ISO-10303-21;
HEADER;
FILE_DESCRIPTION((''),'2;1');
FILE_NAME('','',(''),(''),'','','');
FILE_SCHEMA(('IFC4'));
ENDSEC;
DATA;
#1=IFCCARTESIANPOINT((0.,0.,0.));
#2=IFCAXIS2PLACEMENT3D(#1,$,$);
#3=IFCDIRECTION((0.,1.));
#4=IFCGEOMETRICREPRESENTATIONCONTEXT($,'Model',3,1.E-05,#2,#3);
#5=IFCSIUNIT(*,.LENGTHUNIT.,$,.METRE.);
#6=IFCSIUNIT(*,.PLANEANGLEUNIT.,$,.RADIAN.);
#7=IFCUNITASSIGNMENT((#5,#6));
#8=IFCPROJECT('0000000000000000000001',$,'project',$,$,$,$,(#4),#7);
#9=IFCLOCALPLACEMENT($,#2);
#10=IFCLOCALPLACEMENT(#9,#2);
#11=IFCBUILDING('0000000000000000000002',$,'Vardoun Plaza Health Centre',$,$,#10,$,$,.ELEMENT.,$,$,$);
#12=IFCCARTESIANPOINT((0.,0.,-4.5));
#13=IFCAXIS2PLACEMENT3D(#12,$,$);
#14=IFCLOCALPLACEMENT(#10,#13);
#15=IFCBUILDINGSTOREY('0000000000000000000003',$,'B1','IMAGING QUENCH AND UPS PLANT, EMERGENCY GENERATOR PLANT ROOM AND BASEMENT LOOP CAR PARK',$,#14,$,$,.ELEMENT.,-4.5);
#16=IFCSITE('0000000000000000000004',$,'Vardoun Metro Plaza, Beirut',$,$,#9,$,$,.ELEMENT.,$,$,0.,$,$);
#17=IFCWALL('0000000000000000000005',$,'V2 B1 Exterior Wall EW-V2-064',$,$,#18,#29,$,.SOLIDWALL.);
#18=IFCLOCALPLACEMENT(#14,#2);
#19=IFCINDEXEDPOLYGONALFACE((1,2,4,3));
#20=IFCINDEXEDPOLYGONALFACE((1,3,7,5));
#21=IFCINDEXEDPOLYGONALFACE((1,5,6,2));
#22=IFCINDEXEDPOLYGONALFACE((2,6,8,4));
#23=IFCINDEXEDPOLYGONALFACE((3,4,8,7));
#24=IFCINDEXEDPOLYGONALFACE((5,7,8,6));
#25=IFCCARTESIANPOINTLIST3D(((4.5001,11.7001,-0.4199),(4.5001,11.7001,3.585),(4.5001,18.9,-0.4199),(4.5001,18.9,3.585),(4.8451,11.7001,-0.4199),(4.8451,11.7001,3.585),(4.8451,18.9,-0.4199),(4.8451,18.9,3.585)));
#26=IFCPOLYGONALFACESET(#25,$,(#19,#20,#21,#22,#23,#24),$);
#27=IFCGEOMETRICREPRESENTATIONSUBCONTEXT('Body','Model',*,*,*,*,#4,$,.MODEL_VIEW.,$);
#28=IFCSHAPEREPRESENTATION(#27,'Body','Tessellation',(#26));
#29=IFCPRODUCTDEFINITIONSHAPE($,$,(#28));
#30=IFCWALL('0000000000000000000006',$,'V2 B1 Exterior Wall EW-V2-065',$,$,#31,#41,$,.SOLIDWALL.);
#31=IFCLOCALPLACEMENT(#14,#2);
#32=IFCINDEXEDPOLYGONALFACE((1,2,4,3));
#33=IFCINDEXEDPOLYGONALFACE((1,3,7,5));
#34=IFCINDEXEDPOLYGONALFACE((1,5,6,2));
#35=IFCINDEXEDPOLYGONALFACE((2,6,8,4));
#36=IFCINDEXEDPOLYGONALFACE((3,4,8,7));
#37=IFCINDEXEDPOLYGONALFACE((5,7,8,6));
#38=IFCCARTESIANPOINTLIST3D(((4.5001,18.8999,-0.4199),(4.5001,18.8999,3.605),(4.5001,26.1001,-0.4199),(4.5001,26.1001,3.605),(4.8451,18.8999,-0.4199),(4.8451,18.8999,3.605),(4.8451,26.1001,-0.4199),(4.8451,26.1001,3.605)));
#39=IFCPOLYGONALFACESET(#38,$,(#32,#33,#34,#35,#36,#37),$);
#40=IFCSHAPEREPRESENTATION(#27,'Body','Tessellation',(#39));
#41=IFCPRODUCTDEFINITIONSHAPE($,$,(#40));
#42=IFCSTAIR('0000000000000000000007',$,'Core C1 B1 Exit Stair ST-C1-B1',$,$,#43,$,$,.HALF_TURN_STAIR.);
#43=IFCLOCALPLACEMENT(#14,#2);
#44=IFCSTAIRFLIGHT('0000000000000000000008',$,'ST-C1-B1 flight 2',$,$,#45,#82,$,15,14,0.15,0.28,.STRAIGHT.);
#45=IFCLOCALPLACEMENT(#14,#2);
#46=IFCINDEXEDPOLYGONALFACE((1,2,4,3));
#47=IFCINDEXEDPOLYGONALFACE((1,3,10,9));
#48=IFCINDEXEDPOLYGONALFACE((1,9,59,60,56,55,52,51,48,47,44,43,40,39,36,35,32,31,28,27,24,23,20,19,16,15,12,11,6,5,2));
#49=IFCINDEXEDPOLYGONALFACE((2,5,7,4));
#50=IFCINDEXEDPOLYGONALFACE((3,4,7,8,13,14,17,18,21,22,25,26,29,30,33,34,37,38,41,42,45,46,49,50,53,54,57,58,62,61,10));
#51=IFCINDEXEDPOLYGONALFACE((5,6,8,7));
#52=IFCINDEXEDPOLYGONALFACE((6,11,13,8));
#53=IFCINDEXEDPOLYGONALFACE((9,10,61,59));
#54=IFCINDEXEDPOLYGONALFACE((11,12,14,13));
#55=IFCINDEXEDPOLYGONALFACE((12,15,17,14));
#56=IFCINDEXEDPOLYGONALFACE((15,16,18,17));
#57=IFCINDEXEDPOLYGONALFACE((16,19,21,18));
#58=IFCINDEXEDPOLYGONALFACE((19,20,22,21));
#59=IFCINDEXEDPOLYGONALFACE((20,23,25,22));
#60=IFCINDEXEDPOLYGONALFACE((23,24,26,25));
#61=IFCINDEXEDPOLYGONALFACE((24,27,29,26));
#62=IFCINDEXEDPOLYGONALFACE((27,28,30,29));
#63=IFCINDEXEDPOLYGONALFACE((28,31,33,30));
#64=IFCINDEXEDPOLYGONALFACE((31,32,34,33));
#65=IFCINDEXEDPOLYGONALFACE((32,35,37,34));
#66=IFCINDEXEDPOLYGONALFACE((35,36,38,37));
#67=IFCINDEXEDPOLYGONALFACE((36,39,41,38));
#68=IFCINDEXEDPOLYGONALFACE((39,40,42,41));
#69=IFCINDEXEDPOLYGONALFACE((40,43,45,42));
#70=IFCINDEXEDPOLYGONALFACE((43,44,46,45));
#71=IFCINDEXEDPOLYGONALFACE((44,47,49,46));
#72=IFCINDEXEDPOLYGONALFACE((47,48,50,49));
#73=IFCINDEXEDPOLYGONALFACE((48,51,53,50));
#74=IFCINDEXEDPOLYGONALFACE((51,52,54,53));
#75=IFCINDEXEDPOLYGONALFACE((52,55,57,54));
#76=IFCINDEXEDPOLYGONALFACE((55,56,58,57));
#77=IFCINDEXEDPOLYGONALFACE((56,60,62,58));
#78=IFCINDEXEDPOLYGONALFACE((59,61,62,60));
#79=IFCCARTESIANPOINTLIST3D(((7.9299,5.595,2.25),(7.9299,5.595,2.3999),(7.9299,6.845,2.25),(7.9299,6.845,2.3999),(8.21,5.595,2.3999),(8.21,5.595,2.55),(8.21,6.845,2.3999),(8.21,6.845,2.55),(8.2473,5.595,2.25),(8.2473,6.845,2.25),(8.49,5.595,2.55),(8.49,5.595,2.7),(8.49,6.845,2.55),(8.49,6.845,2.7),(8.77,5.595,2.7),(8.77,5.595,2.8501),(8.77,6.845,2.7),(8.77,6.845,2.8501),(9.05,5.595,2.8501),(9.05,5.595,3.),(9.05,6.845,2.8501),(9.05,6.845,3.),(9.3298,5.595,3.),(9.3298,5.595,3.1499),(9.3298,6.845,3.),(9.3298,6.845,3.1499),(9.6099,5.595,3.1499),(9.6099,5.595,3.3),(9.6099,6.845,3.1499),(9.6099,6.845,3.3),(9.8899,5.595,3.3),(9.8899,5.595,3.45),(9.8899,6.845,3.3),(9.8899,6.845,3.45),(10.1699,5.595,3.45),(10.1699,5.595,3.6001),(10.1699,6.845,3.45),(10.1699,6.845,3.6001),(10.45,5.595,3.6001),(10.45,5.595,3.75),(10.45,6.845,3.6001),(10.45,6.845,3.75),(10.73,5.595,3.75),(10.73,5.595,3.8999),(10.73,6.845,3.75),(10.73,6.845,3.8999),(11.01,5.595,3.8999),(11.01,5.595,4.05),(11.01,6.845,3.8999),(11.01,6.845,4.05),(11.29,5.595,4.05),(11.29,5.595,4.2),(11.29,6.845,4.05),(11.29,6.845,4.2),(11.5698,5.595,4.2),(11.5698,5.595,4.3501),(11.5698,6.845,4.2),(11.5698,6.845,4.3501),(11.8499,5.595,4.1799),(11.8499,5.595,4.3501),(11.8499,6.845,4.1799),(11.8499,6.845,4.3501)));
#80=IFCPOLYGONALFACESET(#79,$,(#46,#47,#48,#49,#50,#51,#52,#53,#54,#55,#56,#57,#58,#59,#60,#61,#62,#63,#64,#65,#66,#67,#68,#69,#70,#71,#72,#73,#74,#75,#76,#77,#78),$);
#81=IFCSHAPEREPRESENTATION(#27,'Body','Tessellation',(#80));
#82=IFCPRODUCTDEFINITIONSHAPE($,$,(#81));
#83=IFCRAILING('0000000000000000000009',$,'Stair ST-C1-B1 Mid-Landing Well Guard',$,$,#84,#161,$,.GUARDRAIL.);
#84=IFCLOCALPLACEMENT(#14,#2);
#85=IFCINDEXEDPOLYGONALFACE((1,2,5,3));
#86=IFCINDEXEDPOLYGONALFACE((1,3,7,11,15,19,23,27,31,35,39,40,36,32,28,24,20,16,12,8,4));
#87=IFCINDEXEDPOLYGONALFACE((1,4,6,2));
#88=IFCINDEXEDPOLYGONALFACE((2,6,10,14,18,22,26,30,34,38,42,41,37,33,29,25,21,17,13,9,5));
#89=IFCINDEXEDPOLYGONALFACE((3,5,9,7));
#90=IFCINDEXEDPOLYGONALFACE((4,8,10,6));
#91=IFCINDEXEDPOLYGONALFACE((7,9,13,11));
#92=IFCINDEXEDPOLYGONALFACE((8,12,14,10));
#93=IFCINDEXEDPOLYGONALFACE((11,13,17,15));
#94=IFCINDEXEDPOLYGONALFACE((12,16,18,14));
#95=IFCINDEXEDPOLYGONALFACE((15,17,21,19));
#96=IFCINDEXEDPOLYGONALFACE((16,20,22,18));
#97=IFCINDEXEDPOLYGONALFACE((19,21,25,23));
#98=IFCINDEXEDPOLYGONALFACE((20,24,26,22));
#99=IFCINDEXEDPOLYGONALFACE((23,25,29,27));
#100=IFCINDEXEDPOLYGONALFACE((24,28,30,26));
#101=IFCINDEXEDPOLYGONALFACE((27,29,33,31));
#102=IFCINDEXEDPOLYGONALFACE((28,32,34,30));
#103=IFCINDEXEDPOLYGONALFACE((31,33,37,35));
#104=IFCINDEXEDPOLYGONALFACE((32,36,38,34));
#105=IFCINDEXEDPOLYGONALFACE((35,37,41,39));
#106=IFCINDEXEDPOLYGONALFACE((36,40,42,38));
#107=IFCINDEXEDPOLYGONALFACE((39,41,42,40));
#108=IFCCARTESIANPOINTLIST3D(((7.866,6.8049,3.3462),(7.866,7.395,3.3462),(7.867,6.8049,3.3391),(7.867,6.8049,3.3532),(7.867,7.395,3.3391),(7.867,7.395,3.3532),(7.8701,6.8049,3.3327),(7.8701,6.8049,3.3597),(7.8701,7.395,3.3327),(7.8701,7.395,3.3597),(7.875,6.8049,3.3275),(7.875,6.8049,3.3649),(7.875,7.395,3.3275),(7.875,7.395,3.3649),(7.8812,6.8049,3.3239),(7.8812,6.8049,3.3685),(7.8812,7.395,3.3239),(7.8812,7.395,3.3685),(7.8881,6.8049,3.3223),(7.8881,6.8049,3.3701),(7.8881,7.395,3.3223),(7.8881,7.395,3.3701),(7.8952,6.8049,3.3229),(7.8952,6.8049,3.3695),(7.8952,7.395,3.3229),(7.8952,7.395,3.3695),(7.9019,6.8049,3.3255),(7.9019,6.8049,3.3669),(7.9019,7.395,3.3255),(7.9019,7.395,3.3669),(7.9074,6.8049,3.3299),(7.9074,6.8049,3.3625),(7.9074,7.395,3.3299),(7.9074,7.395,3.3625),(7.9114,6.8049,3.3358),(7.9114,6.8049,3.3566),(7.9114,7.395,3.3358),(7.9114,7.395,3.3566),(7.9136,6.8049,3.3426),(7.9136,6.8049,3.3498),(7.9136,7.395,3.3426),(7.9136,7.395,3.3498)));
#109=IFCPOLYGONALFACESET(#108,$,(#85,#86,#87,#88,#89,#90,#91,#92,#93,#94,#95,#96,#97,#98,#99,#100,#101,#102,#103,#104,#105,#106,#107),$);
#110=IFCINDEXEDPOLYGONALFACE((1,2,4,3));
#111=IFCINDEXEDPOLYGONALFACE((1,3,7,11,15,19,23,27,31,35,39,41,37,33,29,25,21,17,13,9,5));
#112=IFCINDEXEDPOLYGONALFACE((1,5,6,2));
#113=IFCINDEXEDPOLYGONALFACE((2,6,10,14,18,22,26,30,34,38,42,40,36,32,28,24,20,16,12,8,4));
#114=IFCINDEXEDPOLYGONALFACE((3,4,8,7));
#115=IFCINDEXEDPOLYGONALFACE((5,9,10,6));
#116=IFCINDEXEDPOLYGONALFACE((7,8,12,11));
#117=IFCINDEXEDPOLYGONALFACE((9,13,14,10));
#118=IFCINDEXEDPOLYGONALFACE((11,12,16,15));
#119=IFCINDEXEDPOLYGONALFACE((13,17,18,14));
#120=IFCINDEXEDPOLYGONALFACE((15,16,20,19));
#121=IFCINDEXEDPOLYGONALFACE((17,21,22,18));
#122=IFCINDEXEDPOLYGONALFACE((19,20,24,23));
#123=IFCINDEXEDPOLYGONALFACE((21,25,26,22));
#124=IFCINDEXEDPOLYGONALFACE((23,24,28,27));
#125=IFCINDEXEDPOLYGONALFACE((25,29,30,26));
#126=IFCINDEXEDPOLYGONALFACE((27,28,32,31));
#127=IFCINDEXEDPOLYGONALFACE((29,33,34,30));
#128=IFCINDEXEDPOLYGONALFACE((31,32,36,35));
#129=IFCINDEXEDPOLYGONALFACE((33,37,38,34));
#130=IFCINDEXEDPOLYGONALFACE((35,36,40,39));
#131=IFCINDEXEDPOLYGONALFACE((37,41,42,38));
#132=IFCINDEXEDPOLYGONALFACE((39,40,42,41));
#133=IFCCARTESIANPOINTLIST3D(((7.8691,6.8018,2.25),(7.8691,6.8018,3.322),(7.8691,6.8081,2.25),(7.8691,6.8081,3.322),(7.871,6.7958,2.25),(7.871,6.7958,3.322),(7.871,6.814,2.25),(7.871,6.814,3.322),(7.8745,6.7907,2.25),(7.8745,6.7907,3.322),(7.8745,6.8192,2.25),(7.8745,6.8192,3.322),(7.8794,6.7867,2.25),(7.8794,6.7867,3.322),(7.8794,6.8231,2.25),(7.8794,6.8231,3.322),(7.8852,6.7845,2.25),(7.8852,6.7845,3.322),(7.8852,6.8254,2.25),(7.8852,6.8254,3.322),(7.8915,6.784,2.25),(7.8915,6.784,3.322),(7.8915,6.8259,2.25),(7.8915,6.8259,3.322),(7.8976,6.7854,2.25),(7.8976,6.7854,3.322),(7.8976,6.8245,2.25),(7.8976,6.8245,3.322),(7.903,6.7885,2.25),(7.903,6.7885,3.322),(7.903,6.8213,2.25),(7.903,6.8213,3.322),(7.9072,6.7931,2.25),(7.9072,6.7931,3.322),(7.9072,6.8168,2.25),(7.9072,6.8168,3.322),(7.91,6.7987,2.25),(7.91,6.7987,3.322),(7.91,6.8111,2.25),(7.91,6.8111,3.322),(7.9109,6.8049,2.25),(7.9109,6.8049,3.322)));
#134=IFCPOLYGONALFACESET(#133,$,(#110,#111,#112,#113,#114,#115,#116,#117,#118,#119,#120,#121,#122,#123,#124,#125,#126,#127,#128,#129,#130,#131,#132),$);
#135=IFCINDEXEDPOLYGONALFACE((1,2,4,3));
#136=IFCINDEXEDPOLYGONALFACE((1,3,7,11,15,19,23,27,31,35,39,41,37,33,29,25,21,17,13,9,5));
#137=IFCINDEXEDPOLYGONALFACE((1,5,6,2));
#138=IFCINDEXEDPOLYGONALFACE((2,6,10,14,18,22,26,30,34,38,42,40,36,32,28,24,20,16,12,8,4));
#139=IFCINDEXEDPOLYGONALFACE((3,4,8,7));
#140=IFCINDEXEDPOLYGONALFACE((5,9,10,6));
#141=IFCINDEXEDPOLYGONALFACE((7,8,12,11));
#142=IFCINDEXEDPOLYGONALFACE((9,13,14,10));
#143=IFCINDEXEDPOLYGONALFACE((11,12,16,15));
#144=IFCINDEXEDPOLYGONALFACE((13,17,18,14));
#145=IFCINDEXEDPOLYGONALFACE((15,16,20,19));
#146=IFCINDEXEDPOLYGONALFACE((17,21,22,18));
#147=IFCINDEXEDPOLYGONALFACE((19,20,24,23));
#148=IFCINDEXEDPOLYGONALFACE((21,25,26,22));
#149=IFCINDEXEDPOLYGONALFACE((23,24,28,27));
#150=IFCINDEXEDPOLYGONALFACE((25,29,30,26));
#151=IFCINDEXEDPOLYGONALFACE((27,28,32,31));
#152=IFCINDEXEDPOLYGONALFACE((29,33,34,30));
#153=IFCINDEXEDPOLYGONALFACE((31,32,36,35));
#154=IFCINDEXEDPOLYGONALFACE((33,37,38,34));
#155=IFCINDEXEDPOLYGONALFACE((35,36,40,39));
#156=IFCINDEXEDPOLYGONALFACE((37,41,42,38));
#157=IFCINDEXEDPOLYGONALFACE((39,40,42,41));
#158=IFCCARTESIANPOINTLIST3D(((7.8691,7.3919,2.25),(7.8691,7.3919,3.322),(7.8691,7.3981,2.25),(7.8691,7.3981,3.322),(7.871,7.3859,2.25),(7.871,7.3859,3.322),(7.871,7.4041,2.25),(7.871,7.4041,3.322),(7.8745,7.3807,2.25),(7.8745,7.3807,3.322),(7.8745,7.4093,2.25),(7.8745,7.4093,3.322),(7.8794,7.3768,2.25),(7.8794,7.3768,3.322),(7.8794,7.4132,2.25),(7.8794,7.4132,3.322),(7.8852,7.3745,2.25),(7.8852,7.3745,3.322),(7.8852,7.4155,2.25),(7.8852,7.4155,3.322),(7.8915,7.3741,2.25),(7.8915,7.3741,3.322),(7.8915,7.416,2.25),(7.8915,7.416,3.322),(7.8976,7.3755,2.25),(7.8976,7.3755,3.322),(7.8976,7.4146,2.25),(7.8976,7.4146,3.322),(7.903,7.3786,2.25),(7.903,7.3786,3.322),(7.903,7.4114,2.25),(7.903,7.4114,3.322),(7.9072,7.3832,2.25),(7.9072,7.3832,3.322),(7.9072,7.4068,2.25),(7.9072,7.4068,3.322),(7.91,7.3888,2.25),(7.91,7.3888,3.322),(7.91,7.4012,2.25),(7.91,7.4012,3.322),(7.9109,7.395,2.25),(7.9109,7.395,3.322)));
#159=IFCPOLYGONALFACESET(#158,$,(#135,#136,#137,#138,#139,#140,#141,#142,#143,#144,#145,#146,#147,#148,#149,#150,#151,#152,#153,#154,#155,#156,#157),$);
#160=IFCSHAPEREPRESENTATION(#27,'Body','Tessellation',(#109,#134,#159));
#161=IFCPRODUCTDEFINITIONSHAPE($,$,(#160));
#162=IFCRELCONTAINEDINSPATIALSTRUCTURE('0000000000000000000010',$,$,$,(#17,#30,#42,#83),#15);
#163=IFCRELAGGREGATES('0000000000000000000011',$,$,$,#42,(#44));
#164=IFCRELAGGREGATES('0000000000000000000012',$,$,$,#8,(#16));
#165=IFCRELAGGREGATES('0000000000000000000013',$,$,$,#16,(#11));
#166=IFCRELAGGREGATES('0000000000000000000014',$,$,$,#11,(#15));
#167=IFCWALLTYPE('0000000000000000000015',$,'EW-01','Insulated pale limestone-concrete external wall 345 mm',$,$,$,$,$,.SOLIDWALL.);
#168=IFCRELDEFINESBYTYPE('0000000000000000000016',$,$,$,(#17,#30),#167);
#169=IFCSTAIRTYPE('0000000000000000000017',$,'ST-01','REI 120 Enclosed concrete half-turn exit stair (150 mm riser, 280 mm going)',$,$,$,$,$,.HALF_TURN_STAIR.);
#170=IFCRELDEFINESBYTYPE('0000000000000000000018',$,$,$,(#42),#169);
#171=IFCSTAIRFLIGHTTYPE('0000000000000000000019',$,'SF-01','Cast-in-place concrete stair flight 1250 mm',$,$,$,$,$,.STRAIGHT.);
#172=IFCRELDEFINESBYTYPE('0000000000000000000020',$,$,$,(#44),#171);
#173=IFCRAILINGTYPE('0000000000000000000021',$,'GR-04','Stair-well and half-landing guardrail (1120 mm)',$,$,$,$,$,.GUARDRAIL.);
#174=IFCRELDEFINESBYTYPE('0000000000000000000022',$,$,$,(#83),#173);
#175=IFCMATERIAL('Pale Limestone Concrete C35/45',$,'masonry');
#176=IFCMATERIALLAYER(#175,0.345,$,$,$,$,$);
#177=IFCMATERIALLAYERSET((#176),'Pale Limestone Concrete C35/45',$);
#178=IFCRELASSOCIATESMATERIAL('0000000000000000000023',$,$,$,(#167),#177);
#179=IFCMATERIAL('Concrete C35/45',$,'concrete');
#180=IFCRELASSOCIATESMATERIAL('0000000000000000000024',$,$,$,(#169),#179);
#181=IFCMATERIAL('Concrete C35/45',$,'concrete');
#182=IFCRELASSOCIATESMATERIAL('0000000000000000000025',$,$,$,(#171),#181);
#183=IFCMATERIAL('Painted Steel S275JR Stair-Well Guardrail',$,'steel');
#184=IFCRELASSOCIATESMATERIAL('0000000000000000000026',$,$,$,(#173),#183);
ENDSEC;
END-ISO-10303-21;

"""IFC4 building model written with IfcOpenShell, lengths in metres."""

from ifc_helpers import new_model, si_unit, direction, frame, frame_2d, origin, origin_2d, place, context, subcontext, project, spatial, polyline, rectangle, circle, outline, extrude, material, layer, layer_set, type_object, element, aggregate, save


model = new_model("IFC4")

# Units and contexts
model_context = context("Model", 3, precision=1e-05, world=origin(), true_north=direction((0.0, 1.0)))
body_context = subcontext(model_context, "Body", "Model", "MODEL_VIEW")
ifc_project = project(units=[si_unit("LENGTHUNIT", "METRE"), si_unit("PLANEANGLEUNIT", "RADIAN")], contexts=[model_context])

# Site, building, storey
site_placement = place(None, origin())
site = spatial("IfcSite", under=ifc_project, at=site_placement, Name="Vardoun Metro Plaza, Beirut", CompositionType="ELEMENT", RefElevation=0.0)
building_placement = place(site_placement, origin())
building = spatial("IfcBuilding", under=site, at=building_placement, Name="Vardoun Plaza Health Centre", CompositionType="ELEMENT")
storey_placement = place(building_placement, frame((0.0, 0.0, -4.5)))
storey = spatial("IfcBuildingStorey", under=building, at=storey_placement, Name="B1", Description="IMAGING QUENCH AND UPS PLANT, EMERGENCY GENERATOR PLANT ROOM AND BASEMENT LOOP CAR PARK", CompositionType="ELEMENT", Elevation=-4.5)

# Walls
ifc_material_1 = material(Name="Pale Limestone Concrete C35/45", Category="masonry")
ifc_layer_1 = layer(ifc_material_1, 0.345)
ifc_layer_set_1 = layer_set([ifc_layer_1], Name="Pale Limestone Concrete C35/45")
wall_type_1 = type_object("IfcWallType", Name="EW-01", Description="Insulated pale limestone-concrete external wall 345 mm", PredefinedType="SOLIDWALL", material=ifc_layer_set_1)
wall_1_placement = place(storey_placement, frame((4.6726, 11.7, -0.4199), z_axis=(0.0, 0.0, 1.0), x_axis=(0.0, 1.0, 0.0)))
element("IfcWall", 1, at=wall_1_placement, inside=storey, type_object=wall_type_1, Name="V2 B1 Exterior Wall EW-V2-064", PredefinedType="SOLIDWALL", context=body_context, shape_type="SweptSolid", body=[
    extrude(rectangle(XDim=7.2, YDim=0.345, at=frame_2d((3.6001, 0.0))), origin(), (0.0, 0.0, 1.0), 4.0049),
])
wall_2_placement = place(storey_placement, frame((4.6726, 18.8999, -0.4199), z_axis=(0.0, 0.0, 1.0), x_axis=(0.0, 1.0, 0.0)))
element("IfcWall", 2, at=wall_2_placement, inside=storey, type_object=wall_type_1, Name="V2 B1 Exterior Wall EW-V2-065", PredefinedType="SOLIDWALL", context=body_context, shape_type="SweptSolid", body=[
    extrude(rectangle(XDim=7.2002, YDim=0.345, at=frame_2d((3.6001, 0.0))), origin(), (0.0, 0.0, 1.0), 4.0249),
])

# Stair, stair flight
ifc_material_2 = material(Name="Concrete C35/45", Category="concrete")
stair_type = type_object("IfcStairType", Name="ST-01", Description="REI 120 Enclosed concrete half-turn exit stair (150 mm riser, 280 mm going)", PredefinedType="HALF_TURN_STAIR", material=ifc_material_2)
stair_placement = place(storey_placement, origin())
stair = element("IfcStair", 3, at=stair_placement, inside=storey, type_object=stair_type, Name="Core C1 B1 Exit Stair ST-C1-B1", PredefinedType="HALF_TURN_STAIR")
ifc_material_3 = material(Name="Concrete C35/45", Category="concrete")
stair_flight_type = type_object("IfcStairFlightType", Name="SF-01", Description="Cast-in-place concrete stair flight 1250 mm", PredefinedType="STRAIGHT", material=ifc_material_3)
stair_flight_placement = place(storey_placement, frame((7.9299, 6.22, 2.25), z_axis=(0.0, 0.0, 1.0), x_axis=(1.0, 0.0, 0.0)))
stair_flight = element("IfcStairFlight", 4, at=stair_flight_placement, type_object=stair_flight_type, Name="ST-C1-B1 flight 2", NumberOfRisers=15, NumberOfTreads=14, PredefinedType="STRAIGHT", RiserHeight=0.15, TreadLength=0.28, context=body_context, shape_type="SweptSolid", body=[
    extrude(outline(polyline([(0.0, 0.0), (0.0, 0.1499), (0.28, 0.1499), (0.28, 0.3), (0.5601, 0.3), (0.5601, 0.45), (0.8401, 0.45), (0.8401, 0.6001), (1.1201, 0.6001), (1.1201, 0.75), (1.3999, 0.75), (1.3999, 0.8999), (1.6799, 0.8999), (1.6799, 1.05), (1.96, 1.05), (1.96, 1.2), (2.24, 1.2), (2.24, 1.3501), (2.52, 1.3501), (2.52, 1.5), (2.8, 1.5), (2.8, 1.6499), (3.0801, 1.6499), (3.0801, 1.8), (3.3601, 1.8), (3.3601, 1.95), (3.6399, 1.95), (3.6399, 2.1001), (3.9199, 2.1001), (3.9199, 2.25), (3.9199, 1.9299), (0.3174, 0.0), (0.0, 0.0)])), frame((0.0, 0.625, 0.0), z_axis=(0.0, -1.0, 0.0), x_axis=(1.0, 0.0, 0.0)), (0.0, 0.0, 1.0), 1.25),
])
aggregate(stair, [stair_flight])

# Railing
ifc_material_4 = material(Name="Painted Steel S275JR Stair-Well Guardrail", Category="steel")
railing_type_1 = type_object("IfcRailingType", Name="GR-04", Description="Stair-well and half-landing guardrail (1120 mm)", PredefinedType="GUARDRAIL", material=ifc_material_4)
railing_1_placement = place(storey_placement, frame((7.8899, 6.8049, 2.25)))
element("IfcRailing", 5, at=railing_1_placement, inside=storey, type_object=railing_type_1, Name="Stair ST-C1-B1 Mid-Landing Well Guard", PredefinedType="GUARDRAIL", context=body_context, shape_type="SweptSolid", body=[
    extrude(circle(Radius=0.0239, at=origin_2d()), frame((0.0, 0.0, 1.0962), z_axis=(0.0, 1.0, 0.0), x_axis=(-1.0, 0.0, 0.0)), (0.0, 0.0, 1.0), 0.5901),
    extrude(circle(Radius=0.021, at=origin_2d()), origin(), (0.0, 0.0, 1.0), 1.072),
    extrude(circle(Radius=0.021, at=origin_2d()), frame((0.0, 0.5901, 0.0)), (0.0, 0.0, 1.0), 1.072),
])

save(model, "model.ifc")
